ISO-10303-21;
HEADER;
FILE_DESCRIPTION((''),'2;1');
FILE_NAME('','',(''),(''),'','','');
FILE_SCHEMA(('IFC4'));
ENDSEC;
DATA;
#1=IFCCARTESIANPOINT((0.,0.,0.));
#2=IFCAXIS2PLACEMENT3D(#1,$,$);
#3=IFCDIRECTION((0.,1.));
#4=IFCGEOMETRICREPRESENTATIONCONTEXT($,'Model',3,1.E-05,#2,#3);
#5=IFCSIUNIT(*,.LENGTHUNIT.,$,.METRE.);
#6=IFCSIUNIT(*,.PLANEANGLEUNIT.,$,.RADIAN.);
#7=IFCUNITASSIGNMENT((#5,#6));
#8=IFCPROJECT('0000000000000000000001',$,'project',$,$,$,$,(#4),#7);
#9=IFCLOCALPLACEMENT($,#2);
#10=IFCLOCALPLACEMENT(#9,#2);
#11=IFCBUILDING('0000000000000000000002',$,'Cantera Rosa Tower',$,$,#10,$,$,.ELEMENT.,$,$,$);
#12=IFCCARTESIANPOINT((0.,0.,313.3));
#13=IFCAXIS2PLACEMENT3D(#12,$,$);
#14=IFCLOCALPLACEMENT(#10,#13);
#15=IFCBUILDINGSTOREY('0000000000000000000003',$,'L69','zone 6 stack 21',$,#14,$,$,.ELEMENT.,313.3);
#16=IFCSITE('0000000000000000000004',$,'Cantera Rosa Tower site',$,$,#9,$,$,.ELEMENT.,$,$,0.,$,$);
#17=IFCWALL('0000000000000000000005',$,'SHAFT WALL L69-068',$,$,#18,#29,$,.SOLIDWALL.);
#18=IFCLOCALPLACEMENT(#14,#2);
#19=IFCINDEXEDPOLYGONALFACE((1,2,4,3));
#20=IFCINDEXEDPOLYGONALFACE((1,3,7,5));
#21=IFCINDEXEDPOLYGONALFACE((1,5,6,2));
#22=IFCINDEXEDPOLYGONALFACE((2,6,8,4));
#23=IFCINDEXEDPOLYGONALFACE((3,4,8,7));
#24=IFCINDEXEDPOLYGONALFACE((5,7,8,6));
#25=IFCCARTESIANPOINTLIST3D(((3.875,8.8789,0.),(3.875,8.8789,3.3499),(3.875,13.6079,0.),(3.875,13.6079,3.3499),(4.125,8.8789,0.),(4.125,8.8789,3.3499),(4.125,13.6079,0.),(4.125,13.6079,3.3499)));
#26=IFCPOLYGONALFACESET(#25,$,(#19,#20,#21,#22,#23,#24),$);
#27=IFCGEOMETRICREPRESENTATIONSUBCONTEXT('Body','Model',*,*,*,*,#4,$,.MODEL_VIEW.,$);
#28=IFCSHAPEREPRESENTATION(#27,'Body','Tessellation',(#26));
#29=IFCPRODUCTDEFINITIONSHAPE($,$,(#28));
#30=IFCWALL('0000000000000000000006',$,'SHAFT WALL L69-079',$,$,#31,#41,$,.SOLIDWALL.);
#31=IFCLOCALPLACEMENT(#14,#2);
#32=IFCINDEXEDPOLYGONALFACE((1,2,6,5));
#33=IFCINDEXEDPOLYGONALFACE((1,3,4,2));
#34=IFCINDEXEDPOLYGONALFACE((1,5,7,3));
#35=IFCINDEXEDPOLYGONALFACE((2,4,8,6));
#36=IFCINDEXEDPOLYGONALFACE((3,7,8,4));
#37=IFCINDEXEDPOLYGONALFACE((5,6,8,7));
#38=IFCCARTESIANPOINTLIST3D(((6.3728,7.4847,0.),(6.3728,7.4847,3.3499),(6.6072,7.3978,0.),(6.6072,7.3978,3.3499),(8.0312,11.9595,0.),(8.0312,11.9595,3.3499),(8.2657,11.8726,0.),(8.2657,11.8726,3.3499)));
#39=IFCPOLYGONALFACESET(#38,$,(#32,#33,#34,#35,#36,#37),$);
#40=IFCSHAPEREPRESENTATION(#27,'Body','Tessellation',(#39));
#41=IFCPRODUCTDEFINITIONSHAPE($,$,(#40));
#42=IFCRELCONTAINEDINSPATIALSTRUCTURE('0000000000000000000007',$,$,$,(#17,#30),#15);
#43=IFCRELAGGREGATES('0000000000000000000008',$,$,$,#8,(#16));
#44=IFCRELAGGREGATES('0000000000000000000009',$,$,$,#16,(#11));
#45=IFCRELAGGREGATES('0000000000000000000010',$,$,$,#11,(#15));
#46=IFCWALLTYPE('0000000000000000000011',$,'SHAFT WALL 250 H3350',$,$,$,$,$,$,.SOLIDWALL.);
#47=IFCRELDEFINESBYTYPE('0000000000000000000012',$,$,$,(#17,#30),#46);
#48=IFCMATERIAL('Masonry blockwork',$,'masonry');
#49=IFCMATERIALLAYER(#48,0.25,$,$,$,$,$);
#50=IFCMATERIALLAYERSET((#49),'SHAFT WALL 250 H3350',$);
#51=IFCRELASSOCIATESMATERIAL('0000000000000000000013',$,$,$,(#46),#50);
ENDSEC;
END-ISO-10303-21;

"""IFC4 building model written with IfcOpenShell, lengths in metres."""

from ifc_helpers import new_model, si_unit, direction, frame, frame_2d, origin, place, context, subcontext, project, spatial, rectangle, extrude, material, layer, layer_set, type_object, element, save


model = new_model("IFC4")

# Units and contexts
model_context = context("Model", 3, precision=1e-05, world=origin(), true_north=direction((0.0, 1.0)))
body_context = subcontext(model_context, "Body", "Model", "MODEL_VIEW")
ifc_project = project(units=[si_unit("LENGTHUNIT", "METRE"), si_unit("PLANEANGLEUNIT", "RADIAN")], contexts=[model_context])

# Site, building, storey
site_placement = place(None, origin())
site = spatial("IfcSite", under=ifc_project, at=site_placement, Name="Cantera Rosa Tower site", CompositionType="ELEMENT", RefElevation=0.0)
building_placement = place(site_placement, origin())
building = spatial("IfcBuilding", under=site, at=building_placement, Name="Cantera Rosa Tower", CompositionType="ELEMENT")
storey_placement = place(building_placement, frame((0.0, 0.0, 313.3)))
storey = spatial("IfcBuildingStorey", under=building, at=storey_placement, Name="L69", Description="zone 6 stack 21", CompositionType="ELEMENT", Elevation=313.3)

# Walls
ifc_material_1 = material(Name="Masonry blockwork", Category="masonry")
ifc_layer_1 = layer(ifc_material_1, 0.25)
ifc_layer_set_1 = layer_set([ifc_layer_1], Name="SHAFT WALL 250 H3350")
wall_type_1 = type_object("IfcWallType", Name="SHAFT WALL 250 H3350", PredefinedType="SOLIDWALL", material=ifc_layer_set_1)
wall_1_placement = place(storey_placement, frame((4.0, 8.8789, 0.0), z_axis=(0.0, 0.0, 1.0), x_axis=(0.0, 1.0, 0.0)))
element("IfcWall", 1, at=wall_1_placement, inside=storey, type_object=wall_type_1, Name="SHAFT WALL L69-068", PredefinedType="SOLIDWALL", context=body_context, shape_type="SweptSolid", body=[
    extrude(rectangle(XDim=4.729, YDim=0.25, at=frame_2d((2.3645, 0.0))), origin(), (0.0, 0.0, 1.0), 3.3499),
])
wall_2_placement = place(storey_placement, frame((6.49, 7.4412, 0.0), z_axis=(0.0, 0.0, 1.0), x_axis=(0.347516, 0.937674, 0.0)))
element("IfcWall", 2, at=wall_2_placement, inside=storey, type_object=wall_type_1, Name="SHAFT WALL L69-079", PredefinedType="SOLIDWALL", context=body_context, shape_type="SweptSolid", body=[
    extrude(rectangle(XDim=4.7722, YDim=0.25, at=frame_2d((2.3862, 0.0))), origin(), (0.0, 0.0, 1.0), 3.3499),
])

save(model, "model.ifc")
